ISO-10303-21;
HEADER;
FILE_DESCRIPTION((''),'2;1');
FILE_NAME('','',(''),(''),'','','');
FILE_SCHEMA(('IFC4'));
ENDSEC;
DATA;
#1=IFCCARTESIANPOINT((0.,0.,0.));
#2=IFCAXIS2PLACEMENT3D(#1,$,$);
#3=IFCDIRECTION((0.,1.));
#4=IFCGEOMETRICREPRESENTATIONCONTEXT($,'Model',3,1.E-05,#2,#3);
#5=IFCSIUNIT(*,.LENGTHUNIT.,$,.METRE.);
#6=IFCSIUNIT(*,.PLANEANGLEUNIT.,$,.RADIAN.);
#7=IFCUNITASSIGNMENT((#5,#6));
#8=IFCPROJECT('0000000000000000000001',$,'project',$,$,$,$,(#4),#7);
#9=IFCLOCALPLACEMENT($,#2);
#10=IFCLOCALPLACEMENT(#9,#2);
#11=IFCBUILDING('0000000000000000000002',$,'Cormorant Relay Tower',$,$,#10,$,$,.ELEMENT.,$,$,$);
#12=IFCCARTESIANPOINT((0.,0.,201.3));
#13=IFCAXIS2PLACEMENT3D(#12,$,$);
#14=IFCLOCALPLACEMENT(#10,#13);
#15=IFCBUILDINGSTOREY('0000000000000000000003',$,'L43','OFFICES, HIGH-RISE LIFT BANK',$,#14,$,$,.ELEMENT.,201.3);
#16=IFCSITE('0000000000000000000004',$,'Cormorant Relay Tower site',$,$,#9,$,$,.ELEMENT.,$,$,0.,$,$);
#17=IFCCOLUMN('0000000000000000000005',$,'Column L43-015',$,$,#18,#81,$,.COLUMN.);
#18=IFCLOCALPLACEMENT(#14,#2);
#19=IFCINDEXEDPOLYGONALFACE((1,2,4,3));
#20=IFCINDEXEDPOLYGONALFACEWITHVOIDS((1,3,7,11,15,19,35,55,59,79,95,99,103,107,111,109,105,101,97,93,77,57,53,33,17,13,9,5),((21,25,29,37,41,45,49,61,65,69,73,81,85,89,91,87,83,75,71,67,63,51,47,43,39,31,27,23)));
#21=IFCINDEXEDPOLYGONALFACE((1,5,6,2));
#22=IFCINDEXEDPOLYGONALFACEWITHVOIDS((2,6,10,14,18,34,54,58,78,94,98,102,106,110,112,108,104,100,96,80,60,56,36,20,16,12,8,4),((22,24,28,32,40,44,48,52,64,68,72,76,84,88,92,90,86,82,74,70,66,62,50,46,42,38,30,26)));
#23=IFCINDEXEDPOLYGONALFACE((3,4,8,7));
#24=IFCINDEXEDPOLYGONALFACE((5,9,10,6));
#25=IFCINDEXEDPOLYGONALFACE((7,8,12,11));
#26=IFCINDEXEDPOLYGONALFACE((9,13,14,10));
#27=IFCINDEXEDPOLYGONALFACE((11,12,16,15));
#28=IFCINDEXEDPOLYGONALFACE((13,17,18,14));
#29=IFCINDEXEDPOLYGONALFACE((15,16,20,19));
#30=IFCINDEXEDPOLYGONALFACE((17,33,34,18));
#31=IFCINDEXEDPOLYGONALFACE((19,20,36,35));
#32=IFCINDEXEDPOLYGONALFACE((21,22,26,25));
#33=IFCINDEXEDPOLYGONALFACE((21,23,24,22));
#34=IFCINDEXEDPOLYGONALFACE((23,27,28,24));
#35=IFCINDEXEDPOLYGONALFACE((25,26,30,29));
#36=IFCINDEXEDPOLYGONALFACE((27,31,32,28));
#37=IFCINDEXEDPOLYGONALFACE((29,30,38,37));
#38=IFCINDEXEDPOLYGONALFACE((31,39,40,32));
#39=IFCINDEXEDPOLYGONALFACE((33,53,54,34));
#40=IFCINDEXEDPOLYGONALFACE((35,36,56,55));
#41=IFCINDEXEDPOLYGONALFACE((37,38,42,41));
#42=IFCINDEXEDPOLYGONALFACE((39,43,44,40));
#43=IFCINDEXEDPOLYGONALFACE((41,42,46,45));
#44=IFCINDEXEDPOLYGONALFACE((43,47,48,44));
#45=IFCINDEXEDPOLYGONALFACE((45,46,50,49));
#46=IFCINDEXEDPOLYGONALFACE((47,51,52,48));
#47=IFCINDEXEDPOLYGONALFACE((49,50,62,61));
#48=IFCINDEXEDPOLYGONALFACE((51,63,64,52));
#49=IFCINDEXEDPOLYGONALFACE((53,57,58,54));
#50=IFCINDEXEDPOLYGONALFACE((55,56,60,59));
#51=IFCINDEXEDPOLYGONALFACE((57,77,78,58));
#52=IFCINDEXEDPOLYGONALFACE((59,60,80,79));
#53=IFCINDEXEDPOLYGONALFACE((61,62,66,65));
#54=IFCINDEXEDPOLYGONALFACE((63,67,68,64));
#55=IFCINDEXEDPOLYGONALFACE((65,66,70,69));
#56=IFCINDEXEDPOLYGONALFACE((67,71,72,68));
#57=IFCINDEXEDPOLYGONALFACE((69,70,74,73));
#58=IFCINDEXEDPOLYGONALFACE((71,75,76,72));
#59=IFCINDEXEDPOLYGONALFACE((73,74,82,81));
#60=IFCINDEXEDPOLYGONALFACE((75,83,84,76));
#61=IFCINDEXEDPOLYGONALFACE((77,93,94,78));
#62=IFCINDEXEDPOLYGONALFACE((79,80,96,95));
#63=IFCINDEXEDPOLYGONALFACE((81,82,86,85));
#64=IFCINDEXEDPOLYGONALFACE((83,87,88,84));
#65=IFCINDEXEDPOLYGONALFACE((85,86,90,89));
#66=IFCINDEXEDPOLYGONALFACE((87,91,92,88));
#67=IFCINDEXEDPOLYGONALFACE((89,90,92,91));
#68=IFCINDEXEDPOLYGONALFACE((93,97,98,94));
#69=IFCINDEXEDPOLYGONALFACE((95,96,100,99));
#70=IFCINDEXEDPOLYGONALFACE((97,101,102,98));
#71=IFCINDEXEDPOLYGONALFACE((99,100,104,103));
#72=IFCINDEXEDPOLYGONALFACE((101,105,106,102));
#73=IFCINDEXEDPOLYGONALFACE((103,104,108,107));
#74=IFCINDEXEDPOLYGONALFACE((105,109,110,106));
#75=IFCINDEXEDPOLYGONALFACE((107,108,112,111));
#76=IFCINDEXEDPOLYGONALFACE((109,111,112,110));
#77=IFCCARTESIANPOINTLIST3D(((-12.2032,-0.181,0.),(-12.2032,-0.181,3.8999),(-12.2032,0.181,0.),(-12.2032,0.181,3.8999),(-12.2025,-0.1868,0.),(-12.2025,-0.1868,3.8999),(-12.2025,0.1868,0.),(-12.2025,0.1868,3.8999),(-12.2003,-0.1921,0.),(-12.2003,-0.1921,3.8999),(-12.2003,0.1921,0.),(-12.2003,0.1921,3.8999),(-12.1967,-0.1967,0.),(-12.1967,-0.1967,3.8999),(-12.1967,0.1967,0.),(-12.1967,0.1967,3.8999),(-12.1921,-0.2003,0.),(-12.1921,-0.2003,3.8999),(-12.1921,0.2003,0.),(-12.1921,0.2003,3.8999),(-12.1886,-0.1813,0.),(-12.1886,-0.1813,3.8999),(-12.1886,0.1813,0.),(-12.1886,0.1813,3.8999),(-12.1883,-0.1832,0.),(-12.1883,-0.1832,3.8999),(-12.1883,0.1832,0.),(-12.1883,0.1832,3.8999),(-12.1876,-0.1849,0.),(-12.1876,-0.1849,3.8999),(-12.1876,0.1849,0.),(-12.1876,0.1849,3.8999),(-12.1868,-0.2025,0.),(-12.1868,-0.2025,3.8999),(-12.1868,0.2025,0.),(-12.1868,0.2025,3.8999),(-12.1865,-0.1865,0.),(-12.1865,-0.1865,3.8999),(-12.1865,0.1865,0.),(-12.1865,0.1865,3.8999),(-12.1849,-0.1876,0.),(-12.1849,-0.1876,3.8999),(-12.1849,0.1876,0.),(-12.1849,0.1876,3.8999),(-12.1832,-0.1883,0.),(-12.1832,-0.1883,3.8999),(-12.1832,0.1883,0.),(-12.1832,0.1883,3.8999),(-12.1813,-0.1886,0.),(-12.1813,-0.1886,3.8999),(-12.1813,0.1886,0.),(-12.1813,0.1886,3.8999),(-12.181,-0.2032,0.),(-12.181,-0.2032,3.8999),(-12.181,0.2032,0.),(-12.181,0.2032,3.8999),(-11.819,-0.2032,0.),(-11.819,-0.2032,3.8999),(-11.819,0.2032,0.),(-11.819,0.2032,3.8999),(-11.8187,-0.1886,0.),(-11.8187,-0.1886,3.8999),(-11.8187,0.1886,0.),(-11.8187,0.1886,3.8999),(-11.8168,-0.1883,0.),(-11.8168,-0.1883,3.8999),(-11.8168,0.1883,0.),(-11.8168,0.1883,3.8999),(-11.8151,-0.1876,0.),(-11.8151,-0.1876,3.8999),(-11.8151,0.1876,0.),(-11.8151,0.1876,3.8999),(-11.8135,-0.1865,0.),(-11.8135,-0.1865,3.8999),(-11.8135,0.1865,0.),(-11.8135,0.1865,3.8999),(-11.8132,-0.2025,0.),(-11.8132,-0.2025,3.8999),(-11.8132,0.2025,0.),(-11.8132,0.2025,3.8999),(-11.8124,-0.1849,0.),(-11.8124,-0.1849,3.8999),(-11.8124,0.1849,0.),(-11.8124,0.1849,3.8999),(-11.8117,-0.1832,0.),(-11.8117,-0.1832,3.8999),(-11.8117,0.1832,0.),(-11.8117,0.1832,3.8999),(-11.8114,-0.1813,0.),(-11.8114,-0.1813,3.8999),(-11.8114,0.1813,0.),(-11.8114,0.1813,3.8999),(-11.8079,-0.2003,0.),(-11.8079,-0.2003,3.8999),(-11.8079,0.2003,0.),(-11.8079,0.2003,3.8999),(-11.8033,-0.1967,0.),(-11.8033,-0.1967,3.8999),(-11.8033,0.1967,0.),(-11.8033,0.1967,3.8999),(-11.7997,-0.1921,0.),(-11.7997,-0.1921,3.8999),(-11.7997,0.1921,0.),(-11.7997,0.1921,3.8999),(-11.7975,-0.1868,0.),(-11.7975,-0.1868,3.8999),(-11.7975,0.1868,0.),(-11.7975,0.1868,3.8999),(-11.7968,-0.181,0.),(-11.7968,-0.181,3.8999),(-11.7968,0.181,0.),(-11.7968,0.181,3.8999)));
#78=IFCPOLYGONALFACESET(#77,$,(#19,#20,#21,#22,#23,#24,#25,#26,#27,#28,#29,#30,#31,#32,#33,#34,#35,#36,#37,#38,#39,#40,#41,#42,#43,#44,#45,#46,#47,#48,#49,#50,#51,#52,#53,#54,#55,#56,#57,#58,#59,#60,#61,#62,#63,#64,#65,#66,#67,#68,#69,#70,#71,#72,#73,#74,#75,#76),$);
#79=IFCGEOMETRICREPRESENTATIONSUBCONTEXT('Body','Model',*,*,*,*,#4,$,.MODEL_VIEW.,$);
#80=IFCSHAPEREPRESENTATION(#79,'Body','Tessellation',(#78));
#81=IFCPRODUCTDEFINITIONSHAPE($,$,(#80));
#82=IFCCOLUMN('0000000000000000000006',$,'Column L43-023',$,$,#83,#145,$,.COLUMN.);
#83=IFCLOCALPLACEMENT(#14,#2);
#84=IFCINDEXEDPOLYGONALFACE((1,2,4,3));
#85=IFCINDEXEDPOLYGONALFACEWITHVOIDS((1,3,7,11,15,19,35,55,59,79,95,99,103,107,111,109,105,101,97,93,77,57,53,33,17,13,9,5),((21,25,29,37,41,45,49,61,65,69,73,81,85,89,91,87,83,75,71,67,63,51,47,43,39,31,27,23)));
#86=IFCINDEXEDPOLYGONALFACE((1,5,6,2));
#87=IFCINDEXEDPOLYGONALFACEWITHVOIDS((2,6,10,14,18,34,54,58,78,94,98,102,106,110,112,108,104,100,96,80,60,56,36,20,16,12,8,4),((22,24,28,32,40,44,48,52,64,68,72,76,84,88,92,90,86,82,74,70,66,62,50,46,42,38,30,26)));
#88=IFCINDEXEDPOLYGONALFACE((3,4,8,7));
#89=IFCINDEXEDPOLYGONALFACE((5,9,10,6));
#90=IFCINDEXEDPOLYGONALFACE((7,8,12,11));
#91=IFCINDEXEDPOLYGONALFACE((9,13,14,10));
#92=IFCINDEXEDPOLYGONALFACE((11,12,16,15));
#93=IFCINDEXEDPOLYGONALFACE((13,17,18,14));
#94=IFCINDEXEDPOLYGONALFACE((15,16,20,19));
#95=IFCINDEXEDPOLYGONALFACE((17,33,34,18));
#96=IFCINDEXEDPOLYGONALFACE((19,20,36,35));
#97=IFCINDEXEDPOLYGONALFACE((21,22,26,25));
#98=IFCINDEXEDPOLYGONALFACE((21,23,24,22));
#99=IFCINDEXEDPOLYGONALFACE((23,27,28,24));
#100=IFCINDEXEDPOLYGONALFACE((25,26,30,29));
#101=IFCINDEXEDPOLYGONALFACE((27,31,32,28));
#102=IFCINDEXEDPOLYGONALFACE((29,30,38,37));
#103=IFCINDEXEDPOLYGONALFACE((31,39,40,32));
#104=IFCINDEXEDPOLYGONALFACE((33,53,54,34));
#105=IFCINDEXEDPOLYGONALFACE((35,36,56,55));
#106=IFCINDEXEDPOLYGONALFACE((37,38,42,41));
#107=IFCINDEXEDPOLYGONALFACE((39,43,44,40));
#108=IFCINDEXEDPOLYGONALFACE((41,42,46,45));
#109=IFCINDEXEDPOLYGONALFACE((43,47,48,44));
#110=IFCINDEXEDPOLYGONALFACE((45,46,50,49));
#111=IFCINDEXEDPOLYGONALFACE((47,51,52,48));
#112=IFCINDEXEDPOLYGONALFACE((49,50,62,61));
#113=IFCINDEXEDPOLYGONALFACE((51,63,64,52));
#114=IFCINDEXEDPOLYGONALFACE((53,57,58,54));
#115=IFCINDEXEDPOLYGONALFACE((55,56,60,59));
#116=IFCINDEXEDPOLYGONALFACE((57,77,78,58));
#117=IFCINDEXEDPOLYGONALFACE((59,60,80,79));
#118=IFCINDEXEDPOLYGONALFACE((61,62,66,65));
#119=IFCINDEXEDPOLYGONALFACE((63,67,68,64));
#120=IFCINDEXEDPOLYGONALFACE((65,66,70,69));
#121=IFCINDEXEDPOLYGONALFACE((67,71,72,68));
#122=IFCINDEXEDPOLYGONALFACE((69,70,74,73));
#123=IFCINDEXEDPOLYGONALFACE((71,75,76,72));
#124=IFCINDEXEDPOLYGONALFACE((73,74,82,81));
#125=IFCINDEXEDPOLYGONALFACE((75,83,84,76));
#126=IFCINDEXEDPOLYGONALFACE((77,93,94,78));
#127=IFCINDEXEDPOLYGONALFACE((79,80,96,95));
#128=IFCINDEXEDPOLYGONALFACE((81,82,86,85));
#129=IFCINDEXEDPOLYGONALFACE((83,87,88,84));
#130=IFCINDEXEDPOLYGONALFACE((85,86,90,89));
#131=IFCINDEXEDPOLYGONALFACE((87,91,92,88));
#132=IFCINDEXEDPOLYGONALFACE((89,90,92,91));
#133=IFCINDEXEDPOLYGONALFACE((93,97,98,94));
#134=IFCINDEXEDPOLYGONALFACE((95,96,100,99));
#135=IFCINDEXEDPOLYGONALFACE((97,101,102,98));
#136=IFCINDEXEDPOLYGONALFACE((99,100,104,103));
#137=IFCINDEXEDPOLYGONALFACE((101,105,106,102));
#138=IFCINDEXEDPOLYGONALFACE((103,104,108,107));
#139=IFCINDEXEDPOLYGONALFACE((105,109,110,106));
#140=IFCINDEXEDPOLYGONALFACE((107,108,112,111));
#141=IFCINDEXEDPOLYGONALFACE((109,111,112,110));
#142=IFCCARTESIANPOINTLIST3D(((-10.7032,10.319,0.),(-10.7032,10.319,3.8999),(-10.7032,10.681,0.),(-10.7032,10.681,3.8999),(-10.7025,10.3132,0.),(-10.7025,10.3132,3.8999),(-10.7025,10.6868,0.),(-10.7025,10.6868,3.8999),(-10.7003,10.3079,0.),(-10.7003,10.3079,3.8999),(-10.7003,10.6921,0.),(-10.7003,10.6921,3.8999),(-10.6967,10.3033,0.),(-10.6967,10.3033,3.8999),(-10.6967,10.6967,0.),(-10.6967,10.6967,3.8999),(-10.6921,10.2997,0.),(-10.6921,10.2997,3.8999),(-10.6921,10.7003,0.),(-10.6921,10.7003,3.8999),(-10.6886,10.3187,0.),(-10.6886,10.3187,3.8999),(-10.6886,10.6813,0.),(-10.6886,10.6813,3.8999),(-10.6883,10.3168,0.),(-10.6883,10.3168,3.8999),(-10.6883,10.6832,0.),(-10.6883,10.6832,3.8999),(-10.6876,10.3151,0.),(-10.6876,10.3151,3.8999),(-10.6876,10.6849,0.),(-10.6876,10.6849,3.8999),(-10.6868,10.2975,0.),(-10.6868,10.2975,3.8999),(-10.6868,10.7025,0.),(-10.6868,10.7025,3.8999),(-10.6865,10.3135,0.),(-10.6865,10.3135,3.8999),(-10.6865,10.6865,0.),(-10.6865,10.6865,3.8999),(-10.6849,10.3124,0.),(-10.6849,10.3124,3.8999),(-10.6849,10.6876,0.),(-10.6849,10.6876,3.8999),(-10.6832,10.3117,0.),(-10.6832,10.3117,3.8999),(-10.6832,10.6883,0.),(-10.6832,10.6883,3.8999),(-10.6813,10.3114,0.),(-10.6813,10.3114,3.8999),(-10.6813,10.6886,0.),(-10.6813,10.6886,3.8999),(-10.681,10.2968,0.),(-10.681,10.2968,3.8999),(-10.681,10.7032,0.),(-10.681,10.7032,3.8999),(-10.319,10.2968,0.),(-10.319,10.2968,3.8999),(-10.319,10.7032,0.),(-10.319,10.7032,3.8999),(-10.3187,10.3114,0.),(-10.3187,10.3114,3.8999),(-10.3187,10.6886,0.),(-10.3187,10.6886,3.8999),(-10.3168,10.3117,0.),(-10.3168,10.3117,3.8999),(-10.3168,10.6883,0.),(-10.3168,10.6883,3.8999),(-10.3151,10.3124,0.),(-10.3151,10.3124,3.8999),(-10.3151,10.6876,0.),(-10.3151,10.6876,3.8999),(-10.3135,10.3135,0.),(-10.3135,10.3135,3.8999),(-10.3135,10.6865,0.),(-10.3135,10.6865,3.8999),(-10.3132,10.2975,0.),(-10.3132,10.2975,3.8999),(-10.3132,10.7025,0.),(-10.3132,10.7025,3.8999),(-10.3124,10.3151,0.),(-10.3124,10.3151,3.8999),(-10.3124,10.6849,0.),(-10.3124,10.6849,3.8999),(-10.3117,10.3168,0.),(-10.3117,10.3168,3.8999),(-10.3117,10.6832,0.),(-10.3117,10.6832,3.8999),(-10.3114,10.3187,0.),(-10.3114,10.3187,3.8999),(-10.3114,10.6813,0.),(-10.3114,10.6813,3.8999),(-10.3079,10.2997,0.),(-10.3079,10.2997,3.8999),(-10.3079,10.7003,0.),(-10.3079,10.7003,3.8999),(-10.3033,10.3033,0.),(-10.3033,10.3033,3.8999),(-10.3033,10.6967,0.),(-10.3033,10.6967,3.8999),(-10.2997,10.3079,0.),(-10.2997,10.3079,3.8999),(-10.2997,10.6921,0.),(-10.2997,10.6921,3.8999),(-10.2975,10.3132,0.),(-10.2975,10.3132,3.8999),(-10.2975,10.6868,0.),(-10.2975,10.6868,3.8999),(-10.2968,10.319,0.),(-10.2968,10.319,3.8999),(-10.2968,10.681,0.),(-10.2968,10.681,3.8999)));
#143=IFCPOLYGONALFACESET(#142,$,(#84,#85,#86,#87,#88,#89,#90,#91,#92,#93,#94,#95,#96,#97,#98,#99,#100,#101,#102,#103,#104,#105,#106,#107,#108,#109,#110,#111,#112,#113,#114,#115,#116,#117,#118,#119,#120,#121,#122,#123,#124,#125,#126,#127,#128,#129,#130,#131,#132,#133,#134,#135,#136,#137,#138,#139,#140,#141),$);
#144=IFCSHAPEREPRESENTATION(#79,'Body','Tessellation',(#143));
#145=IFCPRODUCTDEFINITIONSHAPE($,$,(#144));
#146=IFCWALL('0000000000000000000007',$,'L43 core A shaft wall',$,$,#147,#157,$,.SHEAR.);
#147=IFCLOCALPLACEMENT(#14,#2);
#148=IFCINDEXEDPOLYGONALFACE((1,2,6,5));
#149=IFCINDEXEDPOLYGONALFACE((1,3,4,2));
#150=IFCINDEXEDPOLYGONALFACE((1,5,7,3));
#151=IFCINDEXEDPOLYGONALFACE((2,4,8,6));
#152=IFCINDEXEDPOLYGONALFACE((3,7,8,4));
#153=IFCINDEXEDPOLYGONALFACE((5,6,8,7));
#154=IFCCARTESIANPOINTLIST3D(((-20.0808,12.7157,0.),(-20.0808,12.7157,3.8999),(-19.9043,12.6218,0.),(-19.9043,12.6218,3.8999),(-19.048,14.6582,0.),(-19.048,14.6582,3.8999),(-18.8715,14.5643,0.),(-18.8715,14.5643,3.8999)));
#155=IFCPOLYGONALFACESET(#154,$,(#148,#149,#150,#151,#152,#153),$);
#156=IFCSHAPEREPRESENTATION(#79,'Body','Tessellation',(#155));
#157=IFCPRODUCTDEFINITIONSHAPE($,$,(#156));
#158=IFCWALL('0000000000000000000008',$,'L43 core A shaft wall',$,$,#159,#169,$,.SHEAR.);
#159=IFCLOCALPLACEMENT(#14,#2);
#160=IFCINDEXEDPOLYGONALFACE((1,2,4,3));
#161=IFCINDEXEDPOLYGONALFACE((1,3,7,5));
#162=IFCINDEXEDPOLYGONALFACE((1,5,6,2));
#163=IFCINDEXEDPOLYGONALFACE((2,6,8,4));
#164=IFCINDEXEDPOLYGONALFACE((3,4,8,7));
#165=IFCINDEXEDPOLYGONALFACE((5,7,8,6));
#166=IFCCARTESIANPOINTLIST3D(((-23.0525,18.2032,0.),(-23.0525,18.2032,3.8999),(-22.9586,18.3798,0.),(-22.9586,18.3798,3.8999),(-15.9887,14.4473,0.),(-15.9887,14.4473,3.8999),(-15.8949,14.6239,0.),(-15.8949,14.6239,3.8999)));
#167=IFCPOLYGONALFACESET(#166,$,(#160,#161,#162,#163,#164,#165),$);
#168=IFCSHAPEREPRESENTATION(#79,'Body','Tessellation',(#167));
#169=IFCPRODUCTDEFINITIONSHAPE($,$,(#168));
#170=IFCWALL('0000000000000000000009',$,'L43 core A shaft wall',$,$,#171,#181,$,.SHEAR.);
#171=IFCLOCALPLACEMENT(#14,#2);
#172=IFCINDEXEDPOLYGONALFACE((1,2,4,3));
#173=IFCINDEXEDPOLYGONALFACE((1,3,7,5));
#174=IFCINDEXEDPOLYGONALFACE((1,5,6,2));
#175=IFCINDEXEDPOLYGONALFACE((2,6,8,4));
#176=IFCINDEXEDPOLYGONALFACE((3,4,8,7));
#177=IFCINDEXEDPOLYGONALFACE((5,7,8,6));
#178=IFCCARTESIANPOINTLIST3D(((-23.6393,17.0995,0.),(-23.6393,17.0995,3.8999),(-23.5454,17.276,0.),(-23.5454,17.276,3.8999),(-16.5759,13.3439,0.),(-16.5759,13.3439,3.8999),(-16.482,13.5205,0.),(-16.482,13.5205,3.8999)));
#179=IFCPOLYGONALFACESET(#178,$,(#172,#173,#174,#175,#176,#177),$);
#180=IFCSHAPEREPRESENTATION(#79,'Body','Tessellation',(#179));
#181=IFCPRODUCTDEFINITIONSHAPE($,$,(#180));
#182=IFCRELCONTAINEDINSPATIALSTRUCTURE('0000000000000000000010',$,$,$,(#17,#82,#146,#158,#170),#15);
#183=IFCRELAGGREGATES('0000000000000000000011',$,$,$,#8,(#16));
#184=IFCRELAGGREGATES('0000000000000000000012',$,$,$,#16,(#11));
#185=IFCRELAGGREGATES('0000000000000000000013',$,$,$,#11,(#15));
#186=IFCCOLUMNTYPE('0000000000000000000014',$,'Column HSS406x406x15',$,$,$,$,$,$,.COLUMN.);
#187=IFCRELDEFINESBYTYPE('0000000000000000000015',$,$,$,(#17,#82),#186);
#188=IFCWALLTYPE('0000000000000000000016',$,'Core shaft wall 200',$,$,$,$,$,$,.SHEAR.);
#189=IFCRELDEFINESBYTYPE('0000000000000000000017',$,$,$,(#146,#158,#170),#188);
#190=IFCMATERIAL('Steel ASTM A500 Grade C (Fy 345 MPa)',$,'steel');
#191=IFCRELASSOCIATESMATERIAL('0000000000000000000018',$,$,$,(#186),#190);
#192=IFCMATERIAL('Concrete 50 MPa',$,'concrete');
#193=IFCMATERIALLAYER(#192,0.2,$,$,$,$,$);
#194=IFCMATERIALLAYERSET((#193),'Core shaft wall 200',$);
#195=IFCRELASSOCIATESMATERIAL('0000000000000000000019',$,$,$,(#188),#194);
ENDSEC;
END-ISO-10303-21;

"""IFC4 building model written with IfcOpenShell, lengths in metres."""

from ifc_helpers import new_model, si_unit, direction, frame, frame_2d, origin, origin_2d, place, context, subcontext, project, spatial, rectangle, hollow_rectangle, extrude, material, layer, layer_set, material_profile, profile_set, type_object, element, save


model = new_model("IFC4")

# Units and contexts
model_context = context("Model", 3, precision=1e-05, world=origin(), true_north=direction((0.0, 1.0)))
body_context = subcontext(model_context, "Body", "Model", "MODEL_VIEW")
ifc_project = project(units=[si_unit("LENGTHUNIT", "METRE"), si_unit("PLANEANGLEUNIT", "RADIAN")], contexts=[model_context])

# Site, building, storey
site_placement = place(None, origin())
site = spatial("IfcSite", under=ifc_project, at=site_placement, Name="Cormorant Relay Tower site", CompositionType="ELEMENT", RefElevation=0.0)
building_placement = place(site_placement, origin())
building = spatial("IfcBuilding", under=site, at=building_placement, Name="Cormorant Relay Tower", CompositionType="ELEMENT")
storey_placement = place(building_placement, frame((0.0, 0.0, 201.3)))
storey = spatial("IfcBuildingStorey", under=building, at=storey_placement, Name="L43", Description="OFFICES, HIGH-RISE LIFT BANK", CompositionType="ELEMENT", Elevation=201.3)

# Columns
ifc_material_1 = material(Name="Steel ASTM A500 Grade C (Fy 345 MPa)", Category="steel")
ifc_material_profile = material_profile(ifc_material_1, hollow_rectangle(XDim=0.4065, YDim=0.4065, WallThickness=0.0146, InnerFilletRadius=0.0073, OuterFilletRadius=0.0222, at=origin_2d()), Name="HSS406x406x15")
ifc_profile_set = profile_set([ifc_material_profile], Name="Steel ASTM A500 Grade C (Fy 345 MPa)")
column_type = type_object("IfcColumnType", Name="Column HSS406x406x15", PredefinedType="COLUMN", material=ifc_profile_set)
for number, where, z_axis, x_axis, name in (
    (1, (-12.0, 0.0, 0.0), (0.0, 0.0, 1.0), (1.0, 0.0, 0.0), "Column L43-015"),
    (2, (-10.5, 10.5, 0.0), (0.0, 0.0, 1.0), (1.0, 0.0, 0.0), "Column L43-023"),
):
    element("IfcColumn", number, at=place(storey_placement, frame(where, z_axis=z_axis, x_axis=x_axis)), inside=storey, type_object=column_type, Name=name, PredefinedType="COLUMN", context=body_context, shape_type="SweptSolid", body=[
        extrude(hollow_rectangle(XDim=0.4065, YDim=0.4065, WallThickness=0.0146, InnerFilletRadius=0.0073, OuterFilletRadius=0.0222, at=origin_2d()), origin(), (0.0, 0.0, 1.0), 3.8999),
    ])

# Walls
ifc_material_2 = material(Name="Concrete 50 MPa", Category="concrete")
ifc_layer_1 = layer(ifc_material_2, 0.2)
ifc_layer_set_1 = layer_set([ifc_layer_1], Name="Core shaft wall 200")
wall_type_1 = type_object("IfcWallType", Name="Core shaft wall 200", PredefinedType="SHEAR", material=ifc_layer_set_1)
wall_1_placement = place(storey_placement, frame((-18.9597, 14.6113, 0.0), z_axis=(0.0, 0.0, 1.0), x_axis=(-0.469447, -0.88296, 0.0)))
element("IfcWall", 3, at=wall_1_placement, inside=storey, type_object=wall_type_1, Name="L43 core A shaft wall", PredefinedType="SHEAR", context=body_context, shape_type="SweptSolid", body=[
    extrude(rectangle(XDim=2.2, YDim=0.2, at=frame_2d((1.1001, 0.0))), origin(), (0.0, 0.0, 1.0), 3.8999),
])
wall_2_placement = place(storey_placement, frame((-15.9419, 14.5356, 0.0), z_axis=(0.0, 0.0, 1.0), x_axis=(-0.882947, 0.469473, 0.0)))
element("IfcWall", 4, at=wall_2_placement, inside=storey, type_object=wall_type_1, Name="L43 core A shaft wall", PredefinedType="SHEAR", context=body_context, shape_type="SweptSolid", body=[
    extrude(rectangle(XDim=8.0002, YDim=0.2, at=frame_2d((4.0, 0.0))), origin(), (0.0, 0.0, 1.0), 3.8999),
])
wall_3_placement = place(storey_placement, frame((-16.5288, 13.4321, 0.0), z_axis=(0.0, 0.0, 1.0), x_axis=(-0.882953, 0.469462, 0.0)))
element("IfcWall", 5, at=wall_3_placement, inside=storey, type_object=wall_type_1, Name="L43 core A shaft wall", PredefinedType="SHEAR", context=body_context, shape_type="SweptSolid", body=[
    extrude(rectangle(XDim=7.9998, YDim=0.2, at=frame_2d((4.0, 0.0))), origin(), (0.0, 0.0, 1.0), 3.8999),
])

save(model, "model.ifc")
